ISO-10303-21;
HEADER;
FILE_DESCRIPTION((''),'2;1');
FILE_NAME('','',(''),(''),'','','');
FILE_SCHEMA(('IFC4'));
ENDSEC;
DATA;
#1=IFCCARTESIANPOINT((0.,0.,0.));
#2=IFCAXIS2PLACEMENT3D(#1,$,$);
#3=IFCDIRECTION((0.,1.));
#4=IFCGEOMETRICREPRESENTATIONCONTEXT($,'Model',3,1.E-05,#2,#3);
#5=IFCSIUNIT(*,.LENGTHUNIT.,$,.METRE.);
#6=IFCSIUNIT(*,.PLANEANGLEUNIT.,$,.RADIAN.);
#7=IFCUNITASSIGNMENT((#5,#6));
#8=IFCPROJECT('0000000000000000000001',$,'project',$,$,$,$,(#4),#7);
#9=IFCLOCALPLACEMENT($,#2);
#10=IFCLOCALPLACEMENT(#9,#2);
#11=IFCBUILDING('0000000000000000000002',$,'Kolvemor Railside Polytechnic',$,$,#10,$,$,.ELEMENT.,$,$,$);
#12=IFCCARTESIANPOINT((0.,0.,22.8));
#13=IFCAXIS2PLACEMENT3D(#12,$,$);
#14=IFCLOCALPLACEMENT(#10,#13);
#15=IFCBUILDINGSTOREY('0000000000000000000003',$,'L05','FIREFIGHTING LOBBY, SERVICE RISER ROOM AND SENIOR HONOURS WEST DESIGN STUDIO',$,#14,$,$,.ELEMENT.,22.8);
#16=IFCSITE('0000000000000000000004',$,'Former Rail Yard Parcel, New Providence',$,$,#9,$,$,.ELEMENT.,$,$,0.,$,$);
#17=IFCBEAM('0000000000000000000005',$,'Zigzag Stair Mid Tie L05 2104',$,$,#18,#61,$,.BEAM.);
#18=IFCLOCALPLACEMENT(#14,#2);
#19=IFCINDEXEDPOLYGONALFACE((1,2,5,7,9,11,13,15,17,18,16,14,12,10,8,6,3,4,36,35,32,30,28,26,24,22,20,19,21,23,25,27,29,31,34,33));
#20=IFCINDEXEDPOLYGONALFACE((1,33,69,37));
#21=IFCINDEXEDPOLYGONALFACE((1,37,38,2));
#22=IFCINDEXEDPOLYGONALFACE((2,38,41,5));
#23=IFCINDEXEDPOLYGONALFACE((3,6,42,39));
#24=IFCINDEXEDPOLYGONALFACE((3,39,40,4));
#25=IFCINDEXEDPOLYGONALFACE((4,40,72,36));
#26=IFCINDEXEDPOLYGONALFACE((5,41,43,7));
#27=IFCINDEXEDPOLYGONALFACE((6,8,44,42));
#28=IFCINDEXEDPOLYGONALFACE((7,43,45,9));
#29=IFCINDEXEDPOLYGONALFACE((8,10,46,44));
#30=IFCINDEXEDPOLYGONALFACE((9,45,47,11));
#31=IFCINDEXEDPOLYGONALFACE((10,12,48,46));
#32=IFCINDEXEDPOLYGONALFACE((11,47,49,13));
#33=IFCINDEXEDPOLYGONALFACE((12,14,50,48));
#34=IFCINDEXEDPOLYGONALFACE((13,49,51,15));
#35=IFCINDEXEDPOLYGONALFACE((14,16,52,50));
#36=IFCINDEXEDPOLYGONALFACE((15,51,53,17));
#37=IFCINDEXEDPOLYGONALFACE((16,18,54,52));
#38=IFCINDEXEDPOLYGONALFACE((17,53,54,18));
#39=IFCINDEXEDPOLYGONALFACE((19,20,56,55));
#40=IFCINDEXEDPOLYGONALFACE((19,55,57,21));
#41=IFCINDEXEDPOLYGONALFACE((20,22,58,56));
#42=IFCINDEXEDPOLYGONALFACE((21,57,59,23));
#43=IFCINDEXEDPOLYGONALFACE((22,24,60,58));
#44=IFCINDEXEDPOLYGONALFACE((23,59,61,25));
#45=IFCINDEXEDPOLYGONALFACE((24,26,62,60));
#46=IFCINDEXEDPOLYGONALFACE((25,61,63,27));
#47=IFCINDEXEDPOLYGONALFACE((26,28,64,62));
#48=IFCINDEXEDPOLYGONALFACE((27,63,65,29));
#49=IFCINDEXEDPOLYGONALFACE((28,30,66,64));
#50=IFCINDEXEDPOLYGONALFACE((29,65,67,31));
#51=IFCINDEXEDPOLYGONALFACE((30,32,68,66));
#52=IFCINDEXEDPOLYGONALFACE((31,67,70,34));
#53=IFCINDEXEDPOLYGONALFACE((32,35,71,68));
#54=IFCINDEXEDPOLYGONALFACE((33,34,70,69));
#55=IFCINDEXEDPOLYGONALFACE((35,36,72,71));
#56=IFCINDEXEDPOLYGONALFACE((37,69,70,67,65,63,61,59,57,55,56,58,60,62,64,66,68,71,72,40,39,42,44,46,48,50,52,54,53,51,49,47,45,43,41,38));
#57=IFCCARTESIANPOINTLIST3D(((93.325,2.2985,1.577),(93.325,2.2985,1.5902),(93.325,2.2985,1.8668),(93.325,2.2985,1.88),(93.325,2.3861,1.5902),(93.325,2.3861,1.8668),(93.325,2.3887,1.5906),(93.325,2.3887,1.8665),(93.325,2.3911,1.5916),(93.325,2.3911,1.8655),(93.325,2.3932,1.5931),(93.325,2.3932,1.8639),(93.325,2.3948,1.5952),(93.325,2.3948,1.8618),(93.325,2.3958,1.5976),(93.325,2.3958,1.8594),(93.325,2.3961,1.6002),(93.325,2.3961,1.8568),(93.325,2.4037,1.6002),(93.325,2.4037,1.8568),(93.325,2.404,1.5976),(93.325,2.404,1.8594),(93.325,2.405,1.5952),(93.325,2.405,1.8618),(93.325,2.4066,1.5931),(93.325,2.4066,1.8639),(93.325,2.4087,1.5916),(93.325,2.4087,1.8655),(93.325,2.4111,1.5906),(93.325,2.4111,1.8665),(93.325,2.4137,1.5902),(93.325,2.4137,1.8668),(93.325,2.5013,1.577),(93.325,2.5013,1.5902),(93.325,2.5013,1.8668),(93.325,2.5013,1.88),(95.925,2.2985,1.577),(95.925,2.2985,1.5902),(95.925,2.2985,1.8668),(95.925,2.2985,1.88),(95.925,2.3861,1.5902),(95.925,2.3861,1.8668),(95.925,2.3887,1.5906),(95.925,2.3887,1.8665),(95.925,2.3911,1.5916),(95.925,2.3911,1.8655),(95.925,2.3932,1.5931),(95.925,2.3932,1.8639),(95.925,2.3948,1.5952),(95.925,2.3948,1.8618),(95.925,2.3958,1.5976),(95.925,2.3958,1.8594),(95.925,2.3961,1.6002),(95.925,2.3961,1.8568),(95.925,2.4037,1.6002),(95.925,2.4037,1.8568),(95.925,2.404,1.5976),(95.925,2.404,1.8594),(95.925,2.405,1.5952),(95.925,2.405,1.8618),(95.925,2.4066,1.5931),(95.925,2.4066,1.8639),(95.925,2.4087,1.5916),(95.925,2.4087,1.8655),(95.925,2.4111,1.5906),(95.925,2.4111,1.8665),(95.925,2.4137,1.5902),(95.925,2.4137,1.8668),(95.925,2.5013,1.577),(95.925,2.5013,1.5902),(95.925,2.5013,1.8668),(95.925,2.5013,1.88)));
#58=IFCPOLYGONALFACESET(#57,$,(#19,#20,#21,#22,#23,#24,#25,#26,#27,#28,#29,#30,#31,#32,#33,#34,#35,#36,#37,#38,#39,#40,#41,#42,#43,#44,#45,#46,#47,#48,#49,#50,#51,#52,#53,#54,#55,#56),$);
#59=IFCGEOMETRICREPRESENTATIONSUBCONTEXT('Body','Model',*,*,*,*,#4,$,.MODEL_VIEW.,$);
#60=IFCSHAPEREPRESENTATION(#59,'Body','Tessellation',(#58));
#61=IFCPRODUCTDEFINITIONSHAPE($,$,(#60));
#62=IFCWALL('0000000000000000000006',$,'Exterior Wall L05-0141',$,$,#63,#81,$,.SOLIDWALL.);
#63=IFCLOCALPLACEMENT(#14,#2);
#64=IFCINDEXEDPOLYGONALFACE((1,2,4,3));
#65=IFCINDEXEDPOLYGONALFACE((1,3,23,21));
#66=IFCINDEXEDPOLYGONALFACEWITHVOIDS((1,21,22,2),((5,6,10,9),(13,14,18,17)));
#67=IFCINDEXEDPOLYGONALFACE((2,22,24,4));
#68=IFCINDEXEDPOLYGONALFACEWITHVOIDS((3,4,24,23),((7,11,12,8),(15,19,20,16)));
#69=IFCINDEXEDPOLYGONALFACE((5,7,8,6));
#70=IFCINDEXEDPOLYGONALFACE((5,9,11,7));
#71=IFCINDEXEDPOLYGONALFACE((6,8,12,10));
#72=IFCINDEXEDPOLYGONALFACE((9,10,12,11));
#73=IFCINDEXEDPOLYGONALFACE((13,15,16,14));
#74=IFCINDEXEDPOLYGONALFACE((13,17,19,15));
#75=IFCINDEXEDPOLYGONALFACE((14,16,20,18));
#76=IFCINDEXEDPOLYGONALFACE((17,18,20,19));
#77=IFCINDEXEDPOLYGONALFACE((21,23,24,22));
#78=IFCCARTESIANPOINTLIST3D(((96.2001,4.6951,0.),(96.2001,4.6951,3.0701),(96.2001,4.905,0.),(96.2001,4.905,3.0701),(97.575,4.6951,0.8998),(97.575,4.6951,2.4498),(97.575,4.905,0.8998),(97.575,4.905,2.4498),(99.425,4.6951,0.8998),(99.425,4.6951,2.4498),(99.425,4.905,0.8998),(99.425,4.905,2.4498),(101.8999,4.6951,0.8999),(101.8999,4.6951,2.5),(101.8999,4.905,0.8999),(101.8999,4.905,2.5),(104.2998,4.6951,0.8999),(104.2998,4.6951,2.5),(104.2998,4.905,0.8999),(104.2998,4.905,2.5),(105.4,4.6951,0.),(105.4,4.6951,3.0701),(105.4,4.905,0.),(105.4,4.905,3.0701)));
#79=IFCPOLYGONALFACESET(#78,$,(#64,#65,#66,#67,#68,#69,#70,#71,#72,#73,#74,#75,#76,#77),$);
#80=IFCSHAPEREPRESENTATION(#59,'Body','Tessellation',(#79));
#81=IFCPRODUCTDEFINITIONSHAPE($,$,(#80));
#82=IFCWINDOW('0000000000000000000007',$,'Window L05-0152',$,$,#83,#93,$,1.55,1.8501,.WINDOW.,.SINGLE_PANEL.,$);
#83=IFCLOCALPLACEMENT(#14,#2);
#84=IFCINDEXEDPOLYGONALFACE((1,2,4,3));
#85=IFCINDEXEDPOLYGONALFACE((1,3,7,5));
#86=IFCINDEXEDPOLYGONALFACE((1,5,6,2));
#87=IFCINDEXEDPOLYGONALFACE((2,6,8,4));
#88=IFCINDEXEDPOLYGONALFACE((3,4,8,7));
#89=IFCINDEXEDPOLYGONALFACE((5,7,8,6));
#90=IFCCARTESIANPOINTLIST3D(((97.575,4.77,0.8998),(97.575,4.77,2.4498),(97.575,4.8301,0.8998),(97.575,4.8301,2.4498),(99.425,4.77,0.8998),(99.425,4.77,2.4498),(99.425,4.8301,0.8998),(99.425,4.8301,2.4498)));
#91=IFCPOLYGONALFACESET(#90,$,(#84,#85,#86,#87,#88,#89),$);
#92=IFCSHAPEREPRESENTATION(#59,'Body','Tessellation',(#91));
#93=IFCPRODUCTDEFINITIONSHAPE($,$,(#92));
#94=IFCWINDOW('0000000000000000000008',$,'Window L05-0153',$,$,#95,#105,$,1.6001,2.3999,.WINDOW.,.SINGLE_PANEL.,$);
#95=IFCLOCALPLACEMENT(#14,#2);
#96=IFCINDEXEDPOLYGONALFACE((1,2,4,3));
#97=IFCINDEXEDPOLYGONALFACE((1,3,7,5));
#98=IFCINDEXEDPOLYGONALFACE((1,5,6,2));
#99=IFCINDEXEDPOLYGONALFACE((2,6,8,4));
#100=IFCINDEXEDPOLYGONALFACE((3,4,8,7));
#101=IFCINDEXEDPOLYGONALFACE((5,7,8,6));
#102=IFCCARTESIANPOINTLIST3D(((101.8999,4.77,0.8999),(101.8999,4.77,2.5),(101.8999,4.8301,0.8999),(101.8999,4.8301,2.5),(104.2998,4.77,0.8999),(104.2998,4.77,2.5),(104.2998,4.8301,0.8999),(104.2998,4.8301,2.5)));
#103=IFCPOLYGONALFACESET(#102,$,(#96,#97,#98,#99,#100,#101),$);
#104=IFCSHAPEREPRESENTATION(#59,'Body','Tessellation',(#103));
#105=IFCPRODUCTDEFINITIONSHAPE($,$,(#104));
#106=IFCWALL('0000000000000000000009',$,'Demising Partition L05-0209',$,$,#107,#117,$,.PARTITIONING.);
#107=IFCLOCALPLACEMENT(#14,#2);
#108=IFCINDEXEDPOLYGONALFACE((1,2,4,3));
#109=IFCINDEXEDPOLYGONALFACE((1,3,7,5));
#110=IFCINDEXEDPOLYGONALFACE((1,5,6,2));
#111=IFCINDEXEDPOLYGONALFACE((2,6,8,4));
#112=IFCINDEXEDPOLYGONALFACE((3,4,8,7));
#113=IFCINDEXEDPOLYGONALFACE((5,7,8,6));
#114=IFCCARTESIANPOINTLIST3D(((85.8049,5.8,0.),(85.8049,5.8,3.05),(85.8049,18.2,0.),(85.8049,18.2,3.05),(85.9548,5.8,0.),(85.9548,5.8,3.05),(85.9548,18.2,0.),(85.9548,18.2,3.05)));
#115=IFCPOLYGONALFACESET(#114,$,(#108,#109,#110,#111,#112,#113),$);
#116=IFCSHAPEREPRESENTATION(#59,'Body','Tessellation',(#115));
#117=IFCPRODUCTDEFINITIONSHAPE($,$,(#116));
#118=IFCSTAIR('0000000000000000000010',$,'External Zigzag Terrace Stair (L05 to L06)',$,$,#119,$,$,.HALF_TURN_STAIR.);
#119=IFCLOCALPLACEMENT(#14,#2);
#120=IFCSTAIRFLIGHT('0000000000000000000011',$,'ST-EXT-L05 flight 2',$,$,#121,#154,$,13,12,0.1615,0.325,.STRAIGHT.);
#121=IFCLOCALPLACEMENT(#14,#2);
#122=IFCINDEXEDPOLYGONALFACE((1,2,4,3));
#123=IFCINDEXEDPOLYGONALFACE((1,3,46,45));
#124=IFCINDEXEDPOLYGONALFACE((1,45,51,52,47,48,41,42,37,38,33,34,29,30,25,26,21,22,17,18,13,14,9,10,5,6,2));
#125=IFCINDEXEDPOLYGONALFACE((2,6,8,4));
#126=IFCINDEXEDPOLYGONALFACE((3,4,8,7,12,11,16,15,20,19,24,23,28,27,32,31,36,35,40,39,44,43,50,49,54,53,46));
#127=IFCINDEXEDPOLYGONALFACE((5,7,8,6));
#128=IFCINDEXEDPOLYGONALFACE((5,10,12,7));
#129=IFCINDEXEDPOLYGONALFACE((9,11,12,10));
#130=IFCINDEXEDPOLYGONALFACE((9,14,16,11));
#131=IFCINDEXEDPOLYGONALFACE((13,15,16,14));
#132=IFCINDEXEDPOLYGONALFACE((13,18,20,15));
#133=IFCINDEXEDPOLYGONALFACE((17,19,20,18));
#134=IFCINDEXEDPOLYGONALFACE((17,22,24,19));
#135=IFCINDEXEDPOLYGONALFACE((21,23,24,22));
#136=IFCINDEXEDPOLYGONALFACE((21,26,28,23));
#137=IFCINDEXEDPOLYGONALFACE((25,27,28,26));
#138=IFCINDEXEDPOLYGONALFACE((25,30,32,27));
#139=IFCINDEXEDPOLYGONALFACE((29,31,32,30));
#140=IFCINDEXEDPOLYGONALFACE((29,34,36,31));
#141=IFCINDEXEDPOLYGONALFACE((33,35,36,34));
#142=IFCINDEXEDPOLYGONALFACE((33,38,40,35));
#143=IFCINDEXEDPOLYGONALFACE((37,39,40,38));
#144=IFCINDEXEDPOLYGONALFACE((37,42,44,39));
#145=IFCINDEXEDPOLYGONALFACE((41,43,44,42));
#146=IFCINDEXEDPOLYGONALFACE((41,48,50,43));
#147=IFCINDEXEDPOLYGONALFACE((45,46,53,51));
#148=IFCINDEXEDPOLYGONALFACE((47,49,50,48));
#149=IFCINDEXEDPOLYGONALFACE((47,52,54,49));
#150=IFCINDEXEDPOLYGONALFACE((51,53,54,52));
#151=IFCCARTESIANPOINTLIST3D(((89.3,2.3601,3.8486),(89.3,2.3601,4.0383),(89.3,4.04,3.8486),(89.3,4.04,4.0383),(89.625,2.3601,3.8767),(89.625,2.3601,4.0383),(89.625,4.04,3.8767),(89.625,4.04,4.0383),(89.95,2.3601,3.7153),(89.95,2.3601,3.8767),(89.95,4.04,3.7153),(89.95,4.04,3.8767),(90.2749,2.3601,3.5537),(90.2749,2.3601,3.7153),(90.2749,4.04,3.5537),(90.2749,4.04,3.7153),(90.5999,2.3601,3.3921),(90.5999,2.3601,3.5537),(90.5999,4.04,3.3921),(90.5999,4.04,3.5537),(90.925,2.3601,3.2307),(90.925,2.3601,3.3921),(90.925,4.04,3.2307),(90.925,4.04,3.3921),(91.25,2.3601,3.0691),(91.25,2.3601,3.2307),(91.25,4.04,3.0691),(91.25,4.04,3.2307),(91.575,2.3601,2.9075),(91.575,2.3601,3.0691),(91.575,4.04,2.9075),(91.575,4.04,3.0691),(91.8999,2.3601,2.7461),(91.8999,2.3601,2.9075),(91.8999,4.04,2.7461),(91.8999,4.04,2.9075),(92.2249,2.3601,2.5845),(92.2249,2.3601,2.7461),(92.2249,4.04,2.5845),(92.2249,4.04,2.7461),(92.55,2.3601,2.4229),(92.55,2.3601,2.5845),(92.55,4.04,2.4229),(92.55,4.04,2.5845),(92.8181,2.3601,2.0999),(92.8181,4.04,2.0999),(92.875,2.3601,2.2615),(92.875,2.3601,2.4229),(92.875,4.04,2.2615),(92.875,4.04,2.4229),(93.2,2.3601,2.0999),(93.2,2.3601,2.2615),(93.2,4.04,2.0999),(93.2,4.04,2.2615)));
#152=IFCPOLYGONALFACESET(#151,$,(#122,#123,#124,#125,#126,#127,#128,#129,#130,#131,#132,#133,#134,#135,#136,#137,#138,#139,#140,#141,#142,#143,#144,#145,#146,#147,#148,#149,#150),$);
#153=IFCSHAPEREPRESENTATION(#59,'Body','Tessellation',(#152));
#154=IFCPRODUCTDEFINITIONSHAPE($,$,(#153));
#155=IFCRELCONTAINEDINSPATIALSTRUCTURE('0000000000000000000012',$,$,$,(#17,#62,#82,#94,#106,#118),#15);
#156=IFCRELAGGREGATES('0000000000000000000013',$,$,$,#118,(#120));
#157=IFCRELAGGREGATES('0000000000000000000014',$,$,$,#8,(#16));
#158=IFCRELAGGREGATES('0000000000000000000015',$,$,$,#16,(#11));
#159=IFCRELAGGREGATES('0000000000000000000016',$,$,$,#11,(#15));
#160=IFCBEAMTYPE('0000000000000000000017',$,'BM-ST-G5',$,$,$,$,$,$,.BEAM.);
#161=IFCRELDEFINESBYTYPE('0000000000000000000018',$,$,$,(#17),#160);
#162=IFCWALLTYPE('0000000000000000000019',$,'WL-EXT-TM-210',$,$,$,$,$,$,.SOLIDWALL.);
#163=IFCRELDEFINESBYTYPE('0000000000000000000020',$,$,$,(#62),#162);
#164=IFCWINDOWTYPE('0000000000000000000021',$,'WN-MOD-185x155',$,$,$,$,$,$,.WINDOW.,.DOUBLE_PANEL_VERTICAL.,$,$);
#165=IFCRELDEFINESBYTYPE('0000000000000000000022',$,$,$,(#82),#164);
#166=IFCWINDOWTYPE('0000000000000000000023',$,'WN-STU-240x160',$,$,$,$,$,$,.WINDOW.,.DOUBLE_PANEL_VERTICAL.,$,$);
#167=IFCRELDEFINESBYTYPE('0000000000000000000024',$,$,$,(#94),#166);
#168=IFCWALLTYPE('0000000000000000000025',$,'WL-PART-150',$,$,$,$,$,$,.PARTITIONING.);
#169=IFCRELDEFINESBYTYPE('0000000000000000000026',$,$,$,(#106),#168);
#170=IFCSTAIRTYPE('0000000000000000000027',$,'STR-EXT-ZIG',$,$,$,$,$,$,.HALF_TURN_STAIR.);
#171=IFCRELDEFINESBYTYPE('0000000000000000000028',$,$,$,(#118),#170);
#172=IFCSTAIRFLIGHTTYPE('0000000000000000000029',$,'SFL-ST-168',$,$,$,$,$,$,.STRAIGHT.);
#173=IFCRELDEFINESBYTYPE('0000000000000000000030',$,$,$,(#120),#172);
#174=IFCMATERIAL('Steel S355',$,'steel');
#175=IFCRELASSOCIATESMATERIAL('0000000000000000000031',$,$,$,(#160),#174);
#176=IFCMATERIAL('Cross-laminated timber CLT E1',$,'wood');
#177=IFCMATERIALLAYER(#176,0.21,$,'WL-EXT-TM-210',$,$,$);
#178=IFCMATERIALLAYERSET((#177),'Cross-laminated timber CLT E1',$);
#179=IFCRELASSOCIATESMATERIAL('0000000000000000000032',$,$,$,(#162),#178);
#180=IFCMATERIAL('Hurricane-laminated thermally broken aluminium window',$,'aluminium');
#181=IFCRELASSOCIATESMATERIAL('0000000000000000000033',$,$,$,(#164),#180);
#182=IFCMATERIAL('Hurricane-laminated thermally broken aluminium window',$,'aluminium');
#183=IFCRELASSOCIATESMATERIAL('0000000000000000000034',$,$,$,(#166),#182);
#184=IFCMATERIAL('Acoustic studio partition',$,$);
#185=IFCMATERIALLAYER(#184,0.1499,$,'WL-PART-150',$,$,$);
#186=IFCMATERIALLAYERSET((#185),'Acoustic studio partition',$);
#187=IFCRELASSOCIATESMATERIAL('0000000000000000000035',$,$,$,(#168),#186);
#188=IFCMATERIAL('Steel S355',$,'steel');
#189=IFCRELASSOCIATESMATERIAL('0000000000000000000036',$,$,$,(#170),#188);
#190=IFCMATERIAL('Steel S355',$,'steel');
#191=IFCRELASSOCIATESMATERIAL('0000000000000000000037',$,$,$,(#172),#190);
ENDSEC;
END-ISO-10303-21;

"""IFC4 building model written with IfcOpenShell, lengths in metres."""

from ifc_helpers import new_model, si_unit, direction, frame, frame_2d, origin, origin_2d, place, context, subcontext, project, spatial, polyline, rectangle, i_section, outline, extrude, material, layer, layer_set, material_profile, profile_set, type_object, element, fill, aggregate, save


model = new_model("IFC4")

# Units and contexts
model_context = context("Model", 3, precision=1e-05, world=origin(), true_north=direction((0.0, 1.0)))
body_context = subcontext(model_context, "Body", "Model", "MODEL_VIEW")
ifc_project = project(units=[si_unit("LENGTHUNIT", "METRE"), si_unit("PLANEANGLEUNIT", "RADIAN")], contexts=[model_context])

# Site, building, storey
site_placement = place(None, origin())
site = spatial("IfcSite", under=ifc_project, at=site_placement, Name="Former Rail Yard Parcel, New Providence", CompositionType="ELEMENT", RefElevation=0.0)
building_placement = place(site_placement, origin())
building = spatial("IfcBuilding", under=site, at=building_placement, Name="Kolvemor Railside Polytechnic", CompositionType="ELEMENT")
storey_placement = place(building_placement, frame((0.0, 0.0, 22.8)))
storey = spatial("IfcBuildingStorey", under=building, at=storey_placement, Name="L05", Description="FIREFIGHTING LOBBY, SERVICE RISER ROOM AND SENIOR HONOURS WEST DESIGN STUDIO", CompositionType="ELEMENT", Elevation=22.8)

# Beam
ifc_material_1 = material(Name="Steel S355", Category="steel")
ifc_material_profile_1 = material_profile(ifc_material_1, i_section(OverallWidth=0.2029, OverallDepth=0.303, WebThickness=0.0076, FlangeThickness=0.0132, FilletRadius=0.01, at=origin_2d()), Name="W310x60")
ifc_profile_set_1 = profile_set([ifc_material_profile_1], Name="Steel S355")
beam_type_1 = type_object("IfcBeamType", Name="BM-ST-G5", PredefinedType="BEAM", material=ifc_profile_set_1)
beam_1_placement = place(storey_placement, frame((93.325, 2.3999, 1.7285), z_axis=(1.0, 0.0, 0.0), x_axis=(0.0, 1.0, 0.0)))
element("IfcBeam", 1, at=beam_1_placement, inside=storey, type_object=beam_type_1, Name="Zigzag Stair Mid Tie L05 2104", PredefinedType="BEAM", context=body_context, shape_type="SweptSolid", body=[
    extrude(i_section(OverallWidth=0.2029, OverallDepth=0.303, WebThickness=0.0076, FlangeThickness=0.0132, FilletRadius=0.01, at=origin_2d()), origin(), (0.0, 0.0, 1.0), 2.6001),
])

# Wall, openings, windows
ifc_material_2 = material(Name="Cross-laminated timber CLT E1", Category="wood")
ifc_layer_1 = layer(ifc_material_2, 0.21, Name="WL-EXT-TM-210")
ifc_layer_set_1 = layer_set([ifc_layer_1], Name="Cross-laminated timber CLT E1")
wall_type_1 = type_object("IfcWallType", Name="WL-EXT-TM-210", PredefinedType="SOLIDWALL", material=ifc_layer_set_1)
wall_1_placement = place(storey_placement, frame((96.2, 4.8, 0.0), z_axis=(0.0, 0.0, 1.0), x_axis=(1.0, 0.0, 0.0)))
wall_1 = element("IfcWall", 2, at=wall_1_placement, inside=storey, type_object=wall_type_1, Name="Exterior Wall L05-0141", PredefinedType="SOLIDWALL", context=body_context, shape_type="SweptSolid", body=[
    extrude(rectangle(XDim=9.2, YDim=0.21, at=frame_2d((4.6001, 0.0))), origin(), (0.0, 0.0, 1.0), 3.0701),
])
opening_1_placement = place(wall_1_placement, frame((1.375, 0.0, 0.8999)))
opening_1 = element("IfcOpeningElement", 3, at=opening_1_placement, cuts=wall_1, PredefinedType="OPENING", context=body_context, shape_type="SweptSolid", body=[
    extrude(rectangle(XDim=1.8501, YDim=1.55, at=frame_2d((0.925, 0.7749))), frame((0.0, 0.115, 0.0), z_axis=(0.0, -1.0, 0.0), x_axis=(1.0, 0.0, 0.0)), (0.0, 0.0, 1.0), 0.23),
])
opening_2_placement = place(wall_1_placement, frame((5.7, 0.0, 0.8999)))
opening_2 = element("IfcOpeningElement", 4, at=opening_2_placement, cuts=wall_1, PredefinedType="OPENING", context=body_context, shape_type="SweptSolid", body=[
    extrude(rectangle(XDim=2.3999, YDim=1.6001, at=frame_2d((1.2, 0.8))), frame((0.0, 0.115, 0.0), z_axis=(0.0, -1.0, 0.0), x_axis=(1.0, 0.0, 0.0)), (0.0, 0.0, 1.0), 0.23),
])
ifc_material_3 = material(Name="Hurricane-laminated thermally broken aluminium window", Category="aluminium")
window_type_1 = type_object("IfcWindowType", Name="WN-MOD-185x155", PartitioningType="DOUBLE_PANEL_VERTICAL", PredefinedType="WINDOW", material=ifc_material_3)
window_1_placement = place(opening_1_placement, origin())
window_1 = element("IfcWindow", 5, at=window_1_placement, inside=storey, type_object=window_type_1, Name="Window L05-0152", OverallHeight=1.55, OverallWidth=1.8501, PartitioningType="SINGLE_PANEL", PredefinedType="WINDOW", context=body_context, shape_type="SweptSolid", body=[
    extrude(rectangle(XDim=1.8501, YDim=1.55, at=frame_2d((0.925, 0.7749))), frame((0.0, 0.03, 0.0), z_axis=(0.0, -1.0, 0.0), x_axis=(1.0, 0.0, 0.0)), (0.0, 0.0, 1.0), 0.0601),
])
fill(opening_1, window_1)
ifc_material_4 = material(Name="Hurricane-laminated thermally broken aluminium window", Category="aluminium")
window_type_2 = type_object("IfcWindowType", Name="WN-STU-240x160", PartitioningType="DOUBLE_PANEL_VERTICAL", PredefinedType="WINDOW", material=ifc_material_4)
window_2_placement = place(opening_2_placement, origin())
window_2 = element("IfcWindow", 6, at=window_2_placement, inside=storey, type_object=window_type_2, Name="Window L05-0153", OverallHeight=1.6001, OverallWidth=2.3999, PartitioningType="SINGLE_PANEL", PredefinedType="WINDOW", context=body_context, shape_type="SweptSolid", body=[
    extrude(rectangle(XDim=2.3999, YDim=1.6001, at=frame_2d((1.2, 0.8))), frame((0.0, 0.03, 0.0), z_axis=(0.0, -1.0, 0.0), x_axis=(1.0, 0.0, 0.0)), (0.0, 0.0, 1.0), 0.0601),
])
fill(opening_2, window_2)

# Wall
ifc_material_5 = material(Name="Acoustic studio partition")
ifc_layer_2 = layer(ifc_material_5, 0.1499, Name="WL-PART-150")
ifc_layer_set_2 = layer_set([ifc_layer_2], Name="Acoustic studio partition")
wall_type_2 = type_object("IfcWallType", Name="WL-PART-150", PredefinedType="PARTITIONING", material=ifc_layer_set_2)
wall_2_placement = place(storey_placement, frame((85.8799, 5.8, 0.0), z_axis=(0.0, 0.0, 1.0), x_axis=(0.0, 1.0, 0.0)))
element("IfcWall", 7, at=wall_2_placement, inside=storey, type_object=wall_type_2, Name="Demising Partition L05-0209", PredefinedType="PARTITIONING", context=body_context, shape_type="SweptSolid", body=[
    extrude(rectangle(XDim=12.3999, YDim=0.1499, at=frame_2d((6.2, 0.0))), origin(), (0.0, 0.0, 1.0), 3.05),
])

# Stair, stair flight
ifc_material_6 = material(Name="Steel S355", Category="steel")
stair_type = type_object("IfcStairType", Name="STR-EXT-ZIG", PredefinedType="HALF_TURN_STAIR", material=ifc_material_6)
stair_placement = place(storey_placement, origin())
stair = element("IfcStair", 8, at=stair_placement, inside=storey, type_object=stair_type, Name="External Zigzag Terrace Stair (L05 to L06)", PredefinedType="HALF_TURN_STAIR")
ifc_material_7 = material(Name="Steel S355", Category="steel")
stair_flight_type = type_object("IfcStairFlightType", Name="SFL-ST-168", PredefinedType="STRAIGHT", material=ifc_material_7)
stair_flight_placement = place(storey_placement, frame((93.2, 3.2, 2.0999), z_axis=(0.0, 0.0, 1.0), x_axis=(-1.0, 0.0, 0.0)))
stair_flight = element("IfcStairFlight", 9, at=stair_flight_placement, type_object=stair_flight_type, Name="ST-EXT-L05 flight 2", NumberOfRisers=13, NumberOfTreads=12, PredefinedType="STRAIGHT", RiserHeight=0.1615, TreadLength=0.325, context=body_context, shape_type="SweptSolid", body=[
    extrude(outline(polyline([(0.0, 0.0), (0.0, 0.1616), (0.325, 0.1616), (0.325, 0.323), (0.6499, 0.323), (0.6499, 0.4846), (0.9751, 0.4846), (0.9751, 0.6462), (1.3, 0.6462), (1.3, 0.8076), (1.625, 0.8076), (1.625, 0.9692), (1.95, 0.9692), (1.95, 1.1309), (2.2749, 1.1309), (2.2749, 1.2922), (2.6001, 1.2922), (2.6001, 1.4539), (2.925, 1.4539), (2.925, 1.6155), (3.25, 1.6155), (3.25, 1.7769), (3.575, 1.7769), (3.575, 1.9385), (3.8999, 1.9385), (3.8999, 2.1001), (3.8999, 1.7488), (0.3818, 0.0), (0.0, 0.0)])), frame((0.0, 0.8398, 0.0), z_axis=(0.0, -1.0, 0.0), x_axis=(1.0, 0.0, 0.0)), (0.0, 0.0, 1.0), 1.6799),
])
aggregate(stair, [stair_flight])

save(model, "model.ifc")
